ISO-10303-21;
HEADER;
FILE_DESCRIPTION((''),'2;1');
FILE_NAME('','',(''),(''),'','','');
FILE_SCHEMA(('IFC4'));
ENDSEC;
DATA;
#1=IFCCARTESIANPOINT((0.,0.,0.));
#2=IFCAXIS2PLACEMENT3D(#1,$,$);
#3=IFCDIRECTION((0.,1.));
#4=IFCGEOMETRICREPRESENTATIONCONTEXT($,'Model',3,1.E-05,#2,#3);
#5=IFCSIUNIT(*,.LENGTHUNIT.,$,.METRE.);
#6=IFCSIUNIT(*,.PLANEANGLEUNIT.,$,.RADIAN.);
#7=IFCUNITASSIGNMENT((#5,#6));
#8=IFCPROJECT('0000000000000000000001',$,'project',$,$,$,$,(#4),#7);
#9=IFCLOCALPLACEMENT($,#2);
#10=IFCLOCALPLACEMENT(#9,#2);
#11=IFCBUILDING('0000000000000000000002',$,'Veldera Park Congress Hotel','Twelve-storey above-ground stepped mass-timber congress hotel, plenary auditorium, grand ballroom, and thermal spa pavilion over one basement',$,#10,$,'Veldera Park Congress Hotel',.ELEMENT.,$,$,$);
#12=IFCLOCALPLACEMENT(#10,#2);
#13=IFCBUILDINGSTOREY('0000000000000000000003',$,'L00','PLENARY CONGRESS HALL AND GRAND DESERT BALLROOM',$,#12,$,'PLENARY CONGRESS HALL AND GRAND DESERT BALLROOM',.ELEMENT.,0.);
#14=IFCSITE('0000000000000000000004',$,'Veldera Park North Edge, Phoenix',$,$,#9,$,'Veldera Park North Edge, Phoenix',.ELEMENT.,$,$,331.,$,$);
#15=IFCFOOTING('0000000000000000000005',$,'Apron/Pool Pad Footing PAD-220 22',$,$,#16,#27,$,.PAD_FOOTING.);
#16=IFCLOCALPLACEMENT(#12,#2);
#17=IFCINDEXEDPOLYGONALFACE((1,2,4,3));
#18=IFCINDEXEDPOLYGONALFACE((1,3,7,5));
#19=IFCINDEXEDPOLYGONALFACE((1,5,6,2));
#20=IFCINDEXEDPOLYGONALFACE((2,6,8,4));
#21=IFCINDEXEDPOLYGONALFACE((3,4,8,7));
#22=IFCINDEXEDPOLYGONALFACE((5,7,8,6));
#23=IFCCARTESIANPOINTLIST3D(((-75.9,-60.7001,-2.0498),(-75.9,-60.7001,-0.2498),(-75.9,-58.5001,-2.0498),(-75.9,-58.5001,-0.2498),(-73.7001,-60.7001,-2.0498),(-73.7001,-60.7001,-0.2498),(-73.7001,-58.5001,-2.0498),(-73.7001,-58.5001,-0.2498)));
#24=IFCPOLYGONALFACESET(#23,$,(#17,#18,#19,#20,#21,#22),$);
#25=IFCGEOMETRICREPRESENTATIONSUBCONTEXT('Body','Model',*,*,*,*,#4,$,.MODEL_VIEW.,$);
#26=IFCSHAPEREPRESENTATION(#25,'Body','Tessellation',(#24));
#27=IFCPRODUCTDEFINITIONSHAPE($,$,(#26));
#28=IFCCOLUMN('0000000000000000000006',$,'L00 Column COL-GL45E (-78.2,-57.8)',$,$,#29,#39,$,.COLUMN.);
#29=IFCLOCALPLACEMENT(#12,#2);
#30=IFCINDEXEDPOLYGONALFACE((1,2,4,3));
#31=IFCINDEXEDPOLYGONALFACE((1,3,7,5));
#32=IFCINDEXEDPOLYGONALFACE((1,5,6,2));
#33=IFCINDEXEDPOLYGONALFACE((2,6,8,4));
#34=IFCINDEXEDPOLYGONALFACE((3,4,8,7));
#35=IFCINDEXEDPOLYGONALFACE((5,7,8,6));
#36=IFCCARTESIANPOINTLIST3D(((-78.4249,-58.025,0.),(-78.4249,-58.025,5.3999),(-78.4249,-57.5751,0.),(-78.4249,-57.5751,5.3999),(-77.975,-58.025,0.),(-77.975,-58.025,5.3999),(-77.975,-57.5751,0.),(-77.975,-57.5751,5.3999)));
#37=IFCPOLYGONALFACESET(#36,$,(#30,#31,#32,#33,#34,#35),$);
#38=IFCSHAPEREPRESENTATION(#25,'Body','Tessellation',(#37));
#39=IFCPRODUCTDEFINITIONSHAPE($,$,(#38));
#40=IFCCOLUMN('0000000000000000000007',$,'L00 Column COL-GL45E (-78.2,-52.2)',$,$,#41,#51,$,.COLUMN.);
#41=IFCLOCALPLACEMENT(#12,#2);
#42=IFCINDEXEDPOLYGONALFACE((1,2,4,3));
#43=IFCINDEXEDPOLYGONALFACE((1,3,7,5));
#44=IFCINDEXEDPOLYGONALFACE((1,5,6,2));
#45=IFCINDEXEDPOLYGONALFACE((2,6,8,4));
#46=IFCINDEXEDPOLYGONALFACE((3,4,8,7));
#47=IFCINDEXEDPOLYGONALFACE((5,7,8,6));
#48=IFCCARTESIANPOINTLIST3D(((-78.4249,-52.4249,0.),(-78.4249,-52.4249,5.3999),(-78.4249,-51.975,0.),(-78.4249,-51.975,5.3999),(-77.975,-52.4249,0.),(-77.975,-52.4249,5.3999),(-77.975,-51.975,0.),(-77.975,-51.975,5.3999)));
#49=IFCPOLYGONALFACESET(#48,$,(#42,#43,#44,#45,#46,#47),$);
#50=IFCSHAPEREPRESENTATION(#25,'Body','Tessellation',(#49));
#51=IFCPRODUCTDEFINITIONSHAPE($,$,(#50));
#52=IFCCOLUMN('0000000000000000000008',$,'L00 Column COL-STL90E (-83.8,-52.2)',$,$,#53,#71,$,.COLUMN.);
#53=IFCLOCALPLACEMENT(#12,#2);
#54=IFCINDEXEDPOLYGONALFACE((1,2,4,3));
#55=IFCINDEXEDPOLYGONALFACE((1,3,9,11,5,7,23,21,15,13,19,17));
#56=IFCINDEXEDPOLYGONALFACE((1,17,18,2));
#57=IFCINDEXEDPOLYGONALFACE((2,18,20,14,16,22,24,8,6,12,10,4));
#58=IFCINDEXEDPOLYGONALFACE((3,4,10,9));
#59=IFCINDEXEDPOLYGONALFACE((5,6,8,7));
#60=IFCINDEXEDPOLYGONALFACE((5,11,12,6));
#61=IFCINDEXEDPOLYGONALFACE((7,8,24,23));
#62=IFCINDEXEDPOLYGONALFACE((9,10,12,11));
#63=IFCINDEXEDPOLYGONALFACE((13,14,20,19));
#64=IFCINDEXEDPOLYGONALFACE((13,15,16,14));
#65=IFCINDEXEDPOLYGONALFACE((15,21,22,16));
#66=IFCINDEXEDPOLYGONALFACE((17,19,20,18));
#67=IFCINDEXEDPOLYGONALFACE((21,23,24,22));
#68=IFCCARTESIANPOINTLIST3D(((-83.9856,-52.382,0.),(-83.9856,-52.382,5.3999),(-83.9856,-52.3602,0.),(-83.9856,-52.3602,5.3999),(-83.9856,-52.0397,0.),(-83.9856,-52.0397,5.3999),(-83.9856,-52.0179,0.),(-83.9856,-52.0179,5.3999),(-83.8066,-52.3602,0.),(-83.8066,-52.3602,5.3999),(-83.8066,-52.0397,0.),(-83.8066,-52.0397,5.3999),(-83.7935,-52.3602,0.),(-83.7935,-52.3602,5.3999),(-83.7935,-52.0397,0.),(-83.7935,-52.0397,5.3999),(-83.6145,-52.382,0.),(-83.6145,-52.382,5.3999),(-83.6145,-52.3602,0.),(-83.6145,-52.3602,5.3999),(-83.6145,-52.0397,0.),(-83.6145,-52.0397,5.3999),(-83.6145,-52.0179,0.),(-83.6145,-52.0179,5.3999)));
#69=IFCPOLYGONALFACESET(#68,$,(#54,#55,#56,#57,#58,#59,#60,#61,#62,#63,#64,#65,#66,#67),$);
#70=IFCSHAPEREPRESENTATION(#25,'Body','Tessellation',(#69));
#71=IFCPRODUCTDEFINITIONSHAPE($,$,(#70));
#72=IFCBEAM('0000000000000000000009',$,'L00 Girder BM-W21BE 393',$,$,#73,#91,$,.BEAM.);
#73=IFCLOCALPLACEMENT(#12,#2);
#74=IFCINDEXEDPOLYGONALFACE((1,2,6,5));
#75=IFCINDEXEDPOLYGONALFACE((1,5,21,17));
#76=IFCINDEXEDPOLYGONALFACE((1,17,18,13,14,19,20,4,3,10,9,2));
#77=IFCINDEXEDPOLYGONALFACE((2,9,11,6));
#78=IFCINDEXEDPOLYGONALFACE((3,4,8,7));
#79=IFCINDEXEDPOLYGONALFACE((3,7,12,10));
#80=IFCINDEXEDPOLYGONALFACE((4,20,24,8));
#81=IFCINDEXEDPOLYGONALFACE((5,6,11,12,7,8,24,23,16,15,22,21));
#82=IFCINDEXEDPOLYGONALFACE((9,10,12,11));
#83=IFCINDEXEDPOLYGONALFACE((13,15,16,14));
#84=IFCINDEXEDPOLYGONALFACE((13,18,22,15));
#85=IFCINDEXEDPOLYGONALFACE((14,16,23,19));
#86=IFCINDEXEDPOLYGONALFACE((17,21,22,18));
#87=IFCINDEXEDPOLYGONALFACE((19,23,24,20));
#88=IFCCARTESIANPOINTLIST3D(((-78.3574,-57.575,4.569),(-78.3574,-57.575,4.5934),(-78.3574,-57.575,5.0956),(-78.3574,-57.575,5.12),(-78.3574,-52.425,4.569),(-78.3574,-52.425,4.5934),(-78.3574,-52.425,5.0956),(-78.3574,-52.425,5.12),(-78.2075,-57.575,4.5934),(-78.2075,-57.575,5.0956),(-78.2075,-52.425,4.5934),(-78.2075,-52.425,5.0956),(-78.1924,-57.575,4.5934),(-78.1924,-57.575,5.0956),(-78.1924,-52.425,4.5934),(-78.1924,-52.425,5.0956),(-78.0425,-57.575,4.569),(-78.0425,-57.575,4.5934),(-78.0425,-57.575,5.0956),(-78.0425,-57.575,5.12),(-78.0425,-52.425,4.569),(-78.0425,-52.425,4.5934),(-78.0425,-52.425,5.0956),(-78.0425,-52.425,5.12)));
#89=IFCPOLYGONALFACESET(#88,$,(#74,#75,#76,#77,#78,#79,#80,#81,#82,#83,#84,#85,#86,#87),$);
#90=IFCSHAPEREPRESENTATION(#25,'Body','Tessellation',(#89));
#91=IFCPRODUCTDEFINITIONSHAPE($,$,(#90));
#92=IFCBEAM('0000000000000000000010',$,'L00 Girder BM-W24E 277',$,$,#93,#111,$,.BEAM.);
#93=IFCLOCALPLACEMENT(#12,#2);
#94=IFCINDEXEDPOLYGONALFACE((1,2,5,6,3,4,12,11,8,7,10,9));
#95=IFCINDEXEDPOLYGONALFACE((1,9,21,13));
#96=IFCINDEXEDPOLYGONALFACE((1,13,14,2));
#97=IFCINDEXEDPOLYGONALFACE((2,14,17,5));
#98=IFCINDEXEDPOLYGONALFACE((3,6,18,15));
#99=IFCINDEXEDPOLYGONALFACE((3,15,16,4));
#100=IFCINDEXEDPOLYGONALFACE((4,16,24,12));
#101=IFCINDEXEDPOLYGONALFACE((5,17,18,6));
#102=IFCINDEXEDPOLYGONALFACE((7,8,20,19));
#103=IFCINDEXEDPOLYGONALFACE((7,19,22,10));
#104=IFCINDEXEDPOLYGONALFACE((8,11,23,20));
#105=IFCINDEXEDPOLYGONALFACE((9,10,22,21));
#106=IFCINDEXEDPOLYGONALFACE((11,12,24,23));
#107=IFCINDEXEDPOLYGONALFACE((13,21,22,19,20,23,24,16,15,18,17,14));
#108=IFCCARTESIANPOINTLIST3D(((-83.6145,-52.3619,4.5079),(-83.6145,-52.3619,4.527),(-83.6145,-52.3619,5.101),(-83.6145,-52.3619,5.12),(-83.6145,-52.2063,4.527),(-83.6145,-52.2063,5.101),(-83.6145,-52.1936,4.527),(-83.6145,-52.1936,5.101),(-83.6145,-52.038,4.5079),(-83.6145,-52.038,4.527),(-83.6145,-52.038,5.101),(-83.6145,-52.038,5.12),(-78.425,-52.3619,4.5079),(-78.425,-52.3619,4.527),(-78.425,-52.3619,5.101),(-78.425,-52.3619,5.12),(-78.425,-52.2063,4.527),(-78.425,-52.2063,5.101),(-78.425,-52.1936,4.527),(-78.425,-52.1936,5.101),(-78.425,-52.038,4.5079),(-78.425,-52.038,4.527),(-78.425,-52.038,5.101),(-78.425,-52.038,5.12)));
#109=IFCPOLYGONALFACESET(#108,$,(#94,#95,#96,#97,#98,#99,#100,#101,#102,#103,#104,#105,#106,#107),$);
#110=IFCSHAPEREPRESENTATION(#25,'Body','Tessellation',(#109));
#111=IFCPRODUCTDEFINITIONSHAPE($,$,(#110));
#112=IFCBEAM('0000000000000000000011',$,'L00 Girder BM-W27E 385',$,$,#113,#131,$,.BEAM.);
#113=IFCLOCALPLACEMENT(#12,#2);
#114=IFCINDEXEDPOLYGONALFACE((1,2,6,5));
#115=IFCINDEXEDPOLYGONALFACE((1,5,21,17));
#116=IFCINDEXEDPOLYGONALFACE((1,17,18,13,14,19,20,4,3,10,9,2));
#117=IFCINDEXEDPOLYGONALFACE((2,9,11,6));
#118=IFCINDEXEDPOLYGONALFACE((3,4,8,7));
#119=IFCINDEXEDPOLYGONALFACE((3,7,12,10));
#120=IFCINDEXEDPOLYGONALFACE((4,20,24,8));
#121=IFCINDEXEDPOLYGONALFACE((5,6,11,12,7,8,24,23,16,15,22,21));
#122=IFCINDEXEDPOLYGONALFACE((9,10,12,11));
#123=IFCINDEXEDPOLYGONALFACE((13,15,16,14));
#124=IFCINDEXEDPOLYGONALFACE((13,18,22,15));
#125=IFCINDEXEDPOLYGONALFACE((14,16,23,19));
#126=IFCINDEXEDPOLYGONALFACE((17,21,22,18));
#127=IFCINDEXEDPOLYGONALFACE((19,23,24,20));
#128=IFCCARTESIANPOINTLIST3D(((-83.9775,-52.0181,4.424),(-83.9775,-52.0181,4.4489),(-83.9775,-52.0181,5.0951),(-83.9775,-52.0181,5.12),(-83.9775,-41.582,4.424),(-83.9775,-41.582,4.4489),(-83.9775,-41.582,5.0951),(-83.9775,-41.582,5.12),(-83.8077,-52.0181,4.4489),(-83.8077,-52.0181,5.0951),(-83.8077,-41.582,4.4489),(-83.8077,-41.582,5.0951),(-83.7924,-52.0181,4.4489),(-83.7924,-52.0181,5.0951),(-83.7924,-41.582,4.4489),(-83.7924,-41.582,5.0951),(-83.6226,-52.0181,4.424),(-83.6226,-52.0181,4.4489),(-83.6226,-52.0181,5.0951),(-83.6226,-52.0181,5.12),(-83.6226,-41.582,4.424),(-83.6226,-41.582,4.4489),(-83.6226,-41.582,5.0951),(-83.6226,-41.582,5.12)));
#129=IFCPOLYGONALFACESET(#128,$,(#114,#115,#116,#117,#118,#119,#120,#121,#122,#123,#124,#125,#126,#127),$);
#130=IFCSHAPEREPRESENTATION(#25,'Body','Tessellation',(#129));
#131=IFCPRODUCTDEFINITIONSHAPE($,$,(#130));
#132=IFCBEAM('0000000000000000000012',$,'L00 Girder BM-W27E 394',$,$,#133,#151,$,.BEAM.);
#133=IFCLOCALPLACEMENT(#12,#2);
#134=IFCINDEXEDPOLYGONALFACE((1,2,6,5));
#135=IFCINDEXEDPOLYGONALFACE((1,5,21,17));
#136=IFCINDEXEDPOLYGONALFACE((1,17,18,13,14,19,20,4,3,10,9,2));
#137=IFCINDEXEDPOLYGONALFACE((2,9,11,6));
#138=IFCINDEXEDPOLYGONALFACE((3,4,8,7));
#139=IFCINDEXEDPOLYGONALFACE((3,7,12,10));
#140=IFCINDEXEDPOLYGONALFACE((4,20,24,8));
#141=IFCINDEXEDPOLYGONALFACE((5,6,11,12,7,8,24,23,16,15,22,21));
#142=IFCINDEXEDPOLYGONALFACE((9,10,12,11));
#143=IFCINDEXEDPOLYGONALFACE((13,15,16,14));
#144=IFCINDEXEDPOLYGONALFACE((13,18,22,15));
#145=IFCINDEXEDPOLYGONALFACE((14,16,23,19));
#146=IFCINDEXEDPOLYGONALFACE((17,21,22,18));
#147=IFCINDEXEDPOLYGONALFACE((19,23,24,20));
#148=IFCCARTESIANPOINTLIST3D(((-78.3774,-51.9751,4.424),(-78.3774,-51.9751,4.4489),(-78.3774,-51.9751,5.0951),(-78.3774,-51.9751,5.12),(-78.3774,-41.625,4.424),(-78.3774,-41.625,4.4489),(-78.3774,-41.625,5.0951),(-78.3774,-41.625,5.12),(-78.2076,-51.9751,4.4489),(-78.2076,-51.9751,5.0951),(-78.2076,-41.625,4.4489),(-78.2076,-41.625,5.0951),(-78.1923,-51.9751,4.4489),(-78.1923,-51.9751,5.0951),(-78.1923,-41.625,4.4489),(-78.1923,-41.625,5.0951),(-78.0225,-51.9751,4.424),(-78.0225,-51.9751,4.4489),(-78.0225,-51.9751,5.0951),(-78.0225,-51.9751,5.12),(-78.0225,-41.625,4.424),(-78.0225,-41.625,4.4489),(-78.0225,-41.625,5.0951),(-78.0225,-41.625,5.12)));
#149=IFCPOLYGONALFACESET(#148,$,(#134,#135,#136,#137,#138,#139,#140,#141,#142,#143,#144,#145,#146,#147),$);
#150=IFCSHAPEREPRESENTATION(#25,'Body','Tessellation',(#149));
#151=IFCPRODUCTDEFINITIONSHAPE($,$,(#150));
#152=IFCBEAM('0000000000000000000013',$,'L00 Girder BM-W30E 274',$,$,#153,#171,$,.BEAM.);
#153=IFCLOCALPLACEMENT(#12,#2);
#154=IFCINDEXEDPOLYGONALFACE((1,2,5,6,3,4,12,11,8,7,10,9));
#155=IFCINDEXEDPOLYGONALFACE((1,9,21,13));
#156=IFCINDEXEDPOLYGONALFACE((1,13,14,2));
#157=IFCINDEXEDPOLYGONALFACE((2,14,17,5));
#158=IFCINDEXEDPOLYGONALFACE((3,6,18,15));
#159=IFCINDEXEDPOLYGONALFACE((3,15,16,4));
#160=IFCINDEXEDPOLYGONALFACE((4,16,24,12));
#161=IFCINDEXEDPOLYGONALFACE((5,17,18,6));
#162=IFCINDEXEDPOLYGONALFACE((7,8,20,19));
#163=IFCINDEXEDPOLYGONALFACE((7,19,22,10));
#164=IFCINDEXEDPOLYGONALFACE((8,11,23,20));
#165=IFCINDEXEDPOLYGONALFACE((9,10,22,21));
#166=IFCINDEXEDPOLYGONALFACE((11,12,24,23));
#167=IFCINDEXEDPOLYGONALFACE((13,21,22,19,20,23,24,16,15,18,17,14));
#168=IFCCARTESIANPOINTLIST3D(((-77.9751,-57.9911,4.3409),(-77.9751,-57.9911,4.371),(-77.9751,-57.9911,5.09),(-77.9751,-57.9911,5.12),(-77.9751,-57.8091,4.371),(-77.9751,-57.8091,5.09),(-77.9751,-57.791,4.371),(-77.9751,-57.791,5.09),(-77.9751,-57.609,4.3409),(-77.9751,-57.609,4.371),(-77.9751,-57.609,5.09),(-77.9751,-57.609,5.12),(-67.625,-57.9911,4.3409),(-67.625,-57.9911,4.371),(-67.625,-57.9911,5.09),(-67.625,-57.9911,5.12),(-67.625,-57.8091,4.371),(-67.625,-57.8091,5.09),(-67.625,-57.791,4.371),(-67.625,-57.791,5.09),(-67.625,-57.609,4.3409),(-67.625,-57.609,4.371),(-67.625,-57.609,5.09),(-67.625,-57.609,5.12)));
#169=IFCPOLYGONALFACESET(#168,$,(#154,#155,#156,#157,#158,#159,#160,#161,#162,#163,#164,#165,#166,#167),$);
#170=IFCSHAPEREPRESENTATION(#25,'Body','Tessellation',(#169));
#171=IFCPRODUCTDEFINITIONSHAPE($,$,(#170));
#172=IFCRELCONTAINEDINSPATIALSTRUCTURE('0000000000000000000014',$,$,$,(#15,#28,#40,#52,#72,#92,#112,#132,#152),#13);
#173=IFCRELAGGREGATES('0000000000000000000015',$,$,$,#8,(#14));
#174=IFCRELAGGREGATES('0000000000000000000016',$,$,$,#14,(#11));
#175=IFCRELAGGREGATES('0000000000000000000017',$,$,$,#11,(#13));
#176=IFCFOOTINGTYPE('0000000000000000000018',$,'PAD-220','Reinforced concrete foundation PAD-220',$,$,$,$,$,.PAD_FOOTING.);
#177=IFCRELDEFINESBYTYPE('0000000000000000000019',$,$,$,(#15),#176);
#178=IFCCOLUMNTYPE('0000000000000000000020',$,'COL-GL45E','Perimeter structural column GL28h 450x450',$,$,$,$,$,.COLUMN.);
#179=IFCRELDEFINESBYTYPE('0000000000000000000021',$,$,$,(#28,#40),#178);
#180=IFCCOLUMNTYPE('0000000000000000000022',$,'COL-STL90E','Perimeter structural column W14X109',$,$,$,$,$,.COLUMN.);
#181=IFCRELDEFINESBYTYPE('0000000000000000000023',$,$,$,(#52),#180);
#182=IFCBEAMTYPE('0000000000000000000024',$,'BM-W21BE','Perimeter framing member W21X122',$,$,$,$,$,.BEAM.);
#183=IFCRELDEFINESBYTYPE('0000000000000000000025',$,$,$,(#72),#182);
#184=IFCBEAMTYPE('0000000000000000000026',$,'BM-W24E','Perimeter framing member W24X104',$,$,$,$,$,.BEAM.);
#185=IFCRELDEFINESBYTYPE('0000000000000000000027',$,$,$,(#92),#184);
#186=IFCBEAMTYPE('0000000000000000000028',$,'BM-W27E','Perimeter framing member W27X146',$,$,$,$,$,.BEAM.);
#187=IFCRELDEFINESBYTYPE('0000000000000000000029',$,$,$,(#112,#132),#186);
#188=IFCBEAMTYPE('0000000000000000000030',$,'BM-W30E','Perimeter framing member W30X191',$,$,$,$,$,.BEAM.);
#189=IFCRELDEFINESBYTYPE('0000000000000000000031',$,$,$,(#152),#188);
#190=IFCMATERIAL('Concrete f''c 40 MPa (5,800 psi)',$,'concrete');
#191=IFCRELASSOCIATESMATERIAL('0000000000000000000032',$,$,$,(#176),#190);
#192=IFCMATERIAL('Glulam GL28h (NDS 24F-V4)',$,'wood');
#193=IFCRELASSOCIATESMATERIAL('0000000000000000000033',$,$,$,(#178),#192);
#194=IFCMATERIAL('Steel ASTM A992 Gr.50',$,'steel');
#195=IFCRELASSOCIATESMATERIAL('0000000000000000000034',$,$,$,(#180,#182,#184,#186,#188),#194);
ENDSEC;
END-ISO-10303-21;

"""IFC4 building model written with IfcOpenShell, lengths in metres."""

from ifc_helpers import new_model, si_unit, direction, frame, origin, origin_2d, place, context, subcontext, project, spatial, rectangle, i_section, extrude, material, material_profile, profile_set, type_object, element, save


model = new_model("IFC4")

# Units and contexts
model_context = context("Model", 3, precision=1e-05, world=origin(), true_north=direction((0.0, 1.0)))
body_context = subcontext(model_context, "Body", "Model", "MODEL_VIEW")
ifc_project = project(units=[si_unit("LENGTHUNIT", "METRE"), si_unit("PLANEANGLEUNIT", "RADIAN")], contexts=[model_context])

# Site, building, storey
site_placement = place(None, origin())
site = spatial("IfcSite", under=ifc_project, at=site_placement, Name="Veldera Park North Edge, Phoenix", LongName="Veldera Park North Edge, Phoenix", CompositionType="ELEMENT", RefElevation=331.0)
building_placement = place(site_placement, origin())
building = spatial("IfcBuilding", under=site, at=building_placement, Name="Veldera Park Congress Hotel", Description="Twelve-storey above-ground stepped mass-timber congress hotel, plenary auditorium, grand ballroom, and thermal spa pavilion over one basement", LongName="Veldera Park Congress Hotel", CompositionType="ELEMENT")
storey_placement = place(building_placement, origin())
storey = spatial("IfcBuildingStorey", under=building, at=storey_placement, Name="L00", Description="PLENARY CONGRESS HALL AND GRAND DESERT BALLROOM", LongName="PLENARY CONGRESS HALL AND GRAND DESERT BALLROOM", CompositionType="ELEMENT", Elevation=0.0)

# Footing
ifc_material_1 = material(Name="Concrete f'c 40 MPa (5,800 psi)", Category="concrete")
footing_type = type_object("IfcFootingType", Name="PAD-220", Description="Reinforced concrete foundation PAD-220", PredefinedType="PAD_FOOTING", material=ifc_material_1)
footing_placement = place(storey_placement, frame((-74.8, -59.6001, -2.0498), z_axis=(0.0, 0.0, 1.0), x_axis=(1.0, 0.0, 0.0)))
element("IfcFooting", 1, at=footing_placement, inside=storey, type_object=footing_type, Name="Apron/Pool Pad Footing PAD-220 22", PredefinedType="PAD_FOOTING", context=body_context, shape_type="SweptSolid", body=[
    extrude(rectangle(XDim=2.2, YDim=2.2, at=origin_2d()), origin(), (0.0, 0.0, 1.0), 1.8),
])

# Columns
ifc_material_2 = material(Name="Glulam GL28h (NDS 24F-V4)", Category="wood")
ifc_material_profile_1 = material_profile(ifc_material_2, rectangle(XDim=0.45, YDim=0.45, at=origin_2d()), Name="GL28h 450x450")
ifc_profile_set_1 = profile_set([ifc_material_profile_1], Name="Glulam GL28h (NDS 24F-V4)")
column_type_1 = type_object("IfcColumnType", Name="COL-GL45E", Description="Perimeter structural column GL28h 450x450", PredefinedType="COLUMN", material=ifc_profile_set_1)
for number, where, z_axis, x_axis, name in (
    (2, (-78.2, -57.8, 0.0), (0.0, 0.0, 1.0), (1.0, 0.0, 0.0), "L00 Column COL-GL45E (-78.2,-57.8)"),
    (3, (-78.2, -52.2, 0.0), (0.0, 0.0, 1.0), (1.0, 0.0, 0.0), "L00 Column COL-GL45E (-78.2,-52.2)"),
):
    element("IfcColumn", number, at=place(storey_placement, frame(where, z_axis=z_axis, x_axis=x_axis)), inside=storey, type_object=column_type_1, Name=name, PredefinedType="COLUMN", context=body_context, shape_type="SweptSolid", body=[
        extrude(rectangle(XDim=0.45, YDim=0.45, at=origin_2d()), origin(), (0.0, 0.0, 1.0), 5.3999),
    ])
ifc_material_3 = material(Name="Steel ASTM A992 Gr.50", Category="steel")
ifc_material_profile_2 = material_profile(ifc_material_3, i_section(OverallWidth=0.3711, OverallDepth=0.364, WebThickness=0.0132, FlangeThickness=0.0217, at=origin_2d()), Name="W14X109")
ifc_profile_set_2 = profile_set([ifc_material_profile_2], Name="Steel ASTM A992 Gr.50")
column_type_2 = type_object("IfcColumnType", Name="COL-STL90E", Description="Perimeter structural column W14X109", PredefinedType="COLUMN", material=ifc_profile_set_2)
column_placement = place(storey_placement, frame((-83.8, -52.2, 0.0), z_axis=(0.0, 0.0, 1.0), x_axis=(1.0, 0.0, 0.0)))
element("IfcColumn", 4, at=column_placement, inside=storey, type_object=column_type_2, Name="L00 Column COL-STL90E (-83.8,-52.2)", PredefinedType="COLUMN", context=body_context, shape_type="SweptSolid", body=[
    extrude(i_section(OverallWidth=0.3711, OverallDepth=0.364, WebThickness=0.0132, FlangeThickness=0.0217, at=origin_2d()), origin(), (0.0, 0.0, 1.0), 5.3999),
])

# Beams
ifc_material_profile_3 = material_profile(ifc_material_3, i_section(OverallWidth=0.3149, OverallDepth=0.551, WebThickness=0.0151, FlangeThickness=0.0244, at=origin_2d()), Name="W21X122")
ifc_profile_set_3 = profile_set([ifc_material_profile_3], Name="Steel ASTM A992 Gr.50")
beam_type_1 = type_object("IfcBeamType", Name="BM-W21BE", Description="Perimeter framing member W21X122", PredefinedType="BEAM", material=ifc_profile_set_3)
beam_1_placement = place(storey_placement, frame((-78.2, -57.575, 4.8445), z_axis=(0.0, 1.0, 0.0), x_axis=(-1.0, 0.0, 0.0)))
element("IfcBeam", 5, at=beam_1_placement, inside=storey, type_object=beam_type_1, Name="L00 Girder BM-W21BE 393", PredefinedType="BEAM", context=body_context, shape_type="SweptSolid", body=[
    extrude(i_section(OverallWidth=0.3149, OverallDepth=0.551, WebThickness=0.0151, FlangeThickness=0.0244, at=origin_2d()), origin(), (0.0, 0.0, 1.0), 5.1499),
])
ifc_material_profile_4 = material_profile(ifc_material_3, i_section(OverallWidth=0.324, OverallDepth=0.6121, WebThickness=0.0127, FlangeThickness=0.019, at=origin_2d()), Name="W24X104")
ifc_profile_set_4 = profile_set([ifc_material_profile_4], Name="Steel ASTM A992 Gr.50")
beam_type_2 = type_object("IfcBeamType", Name="BM-W24E", Description="Perimeter framing member W24X104", PredefinedType="BEAM", material=ifc_profile_set_4)
beam_2_placement = place(storey_placement, frame((-83.6145, -52.2, 4.814), z_axis=(1.0, 0.0, 0.0), x_axis=(0.0, 1.0, 0.0)))
element("IfcBeam", 6, at=beam_2_placement, inside=storey, type_object=beam_type_2, Name="L00 Girder BM-W24E 277", PredefinedType="BEAM", context=body_context, shape_type="SweptSolid", body=[
    extrude(i_section(OverallWidth=0.324, OverallDepth=0.6121, WebThickness=0.0127, FlangeThickness=0.019, at=origin_2d()), origin(), (0.0, 0.0, 1.0), 5.1895),
])
ifc_material_profile_5 = material_profile(ifc_material_3, i_section(OverallWidth=0.355, OverallDepth=0.696, WebThickness=0.0154, FlangeThickness=0.0249, at=origin_2d()), Name="W27X146")
ifc_profile_set_5 = profile_set([ifc_material_profile_5], Name="Steel ASTM A992 Gr.50")
beam_type_3 = type_object("IfcBeamType", Name="BM-W27E", Description="Perimeter framing member W27X146", PredefinedType="BEAM", material=ifc_profile_set_5)
beam_3_placement = place(storey_placement, frame((-83.8, -52.0181, 4.772), z_axis=(0.0, 1.0, 0.0), x_axis=(-1.0, 0.0, 0.0)))
element("IfcBeam", 7, at=beam_3_placement, inside=storey, type_object=beam_type_3, Name="L00 Girder BM-W27E 385", PredefinedType="BEAM", context=body_context, shape_type="SweptSolid", body=[
    extrude(i_section(OverallWidth=0.355, OverallDepth=0.696, WebThickness=0.0154, FlangeThickness=0.0249, at=origin_2d()), origin(), (0.0, 0.0, 1.0), 10.436),
])
beam_4_placement = place(storey_placement, frame((-78.2, -51.9751, 4.772), z_axis=(0.0, 1.0, 0.0), x_axis=(-1.0, 0.0, 0.0)))
element("IfcBeam", 8, at=beam_4_placement, inside=storey, type_object=beam_type_3, Name="L00 Girder BM-W27E 394", PredefinedType="BEAM", context=body_context, shape_type="SweptSolid", body=[
    extrude(i_section(OverallWidth=0.355, OverallDepth=0.696, WebThickness=0.0154, FlangeThickness=0.0249, at=origin_2d()), origin(), (0.0, 0.0, 1.0), 10.3501),
])
ifc_material_profile_6 = material_profile(ifc_material_3, i_section(OverallWidth=0.3821, OverallDepth=0.7791, WebThickness=0.0181, FlangeThickness=0.03, at=origin_2d()), Name="W30X191")
ifc_profile_set_6 = profile_set([ifc_material_profile_6], Name="Steel ASTM A992 Gr.50")
beam_type_4 = type_object("IfcBeamType", Name="BM-W30E", Description="Perimeter framing member W30X191", PredefinedType="BEAM", material=ifc_profile_set_6)
for number, where, z_axis, x_axis, name in (
    (9, (-77.9751, -57.8, 4.7305), (1.0, 0.0, 0.0), (0.0, 1.0, 0.0), "L00 Girder BM-W30E 274"),
):
    element("IfcBeam", number, at=place(storey_placement, frame(where, z_axis=z_axis, x_axis=x_axis)), inside=storey, type_object=beam_type_4, Name=name, PredefinedType="BEAM", context=body_context, shape_type="SweptSolid", body=[
        extrude(i_section(OverallWidth=0.3821, OverallDepth=0.7791, WebThickness=0.0181, FlangeThickness=0.03, at=origin_2d()), origin(), (0.0, 0.0, 1.0), 10.3501),
    ])

save(model, "model.ifc")
